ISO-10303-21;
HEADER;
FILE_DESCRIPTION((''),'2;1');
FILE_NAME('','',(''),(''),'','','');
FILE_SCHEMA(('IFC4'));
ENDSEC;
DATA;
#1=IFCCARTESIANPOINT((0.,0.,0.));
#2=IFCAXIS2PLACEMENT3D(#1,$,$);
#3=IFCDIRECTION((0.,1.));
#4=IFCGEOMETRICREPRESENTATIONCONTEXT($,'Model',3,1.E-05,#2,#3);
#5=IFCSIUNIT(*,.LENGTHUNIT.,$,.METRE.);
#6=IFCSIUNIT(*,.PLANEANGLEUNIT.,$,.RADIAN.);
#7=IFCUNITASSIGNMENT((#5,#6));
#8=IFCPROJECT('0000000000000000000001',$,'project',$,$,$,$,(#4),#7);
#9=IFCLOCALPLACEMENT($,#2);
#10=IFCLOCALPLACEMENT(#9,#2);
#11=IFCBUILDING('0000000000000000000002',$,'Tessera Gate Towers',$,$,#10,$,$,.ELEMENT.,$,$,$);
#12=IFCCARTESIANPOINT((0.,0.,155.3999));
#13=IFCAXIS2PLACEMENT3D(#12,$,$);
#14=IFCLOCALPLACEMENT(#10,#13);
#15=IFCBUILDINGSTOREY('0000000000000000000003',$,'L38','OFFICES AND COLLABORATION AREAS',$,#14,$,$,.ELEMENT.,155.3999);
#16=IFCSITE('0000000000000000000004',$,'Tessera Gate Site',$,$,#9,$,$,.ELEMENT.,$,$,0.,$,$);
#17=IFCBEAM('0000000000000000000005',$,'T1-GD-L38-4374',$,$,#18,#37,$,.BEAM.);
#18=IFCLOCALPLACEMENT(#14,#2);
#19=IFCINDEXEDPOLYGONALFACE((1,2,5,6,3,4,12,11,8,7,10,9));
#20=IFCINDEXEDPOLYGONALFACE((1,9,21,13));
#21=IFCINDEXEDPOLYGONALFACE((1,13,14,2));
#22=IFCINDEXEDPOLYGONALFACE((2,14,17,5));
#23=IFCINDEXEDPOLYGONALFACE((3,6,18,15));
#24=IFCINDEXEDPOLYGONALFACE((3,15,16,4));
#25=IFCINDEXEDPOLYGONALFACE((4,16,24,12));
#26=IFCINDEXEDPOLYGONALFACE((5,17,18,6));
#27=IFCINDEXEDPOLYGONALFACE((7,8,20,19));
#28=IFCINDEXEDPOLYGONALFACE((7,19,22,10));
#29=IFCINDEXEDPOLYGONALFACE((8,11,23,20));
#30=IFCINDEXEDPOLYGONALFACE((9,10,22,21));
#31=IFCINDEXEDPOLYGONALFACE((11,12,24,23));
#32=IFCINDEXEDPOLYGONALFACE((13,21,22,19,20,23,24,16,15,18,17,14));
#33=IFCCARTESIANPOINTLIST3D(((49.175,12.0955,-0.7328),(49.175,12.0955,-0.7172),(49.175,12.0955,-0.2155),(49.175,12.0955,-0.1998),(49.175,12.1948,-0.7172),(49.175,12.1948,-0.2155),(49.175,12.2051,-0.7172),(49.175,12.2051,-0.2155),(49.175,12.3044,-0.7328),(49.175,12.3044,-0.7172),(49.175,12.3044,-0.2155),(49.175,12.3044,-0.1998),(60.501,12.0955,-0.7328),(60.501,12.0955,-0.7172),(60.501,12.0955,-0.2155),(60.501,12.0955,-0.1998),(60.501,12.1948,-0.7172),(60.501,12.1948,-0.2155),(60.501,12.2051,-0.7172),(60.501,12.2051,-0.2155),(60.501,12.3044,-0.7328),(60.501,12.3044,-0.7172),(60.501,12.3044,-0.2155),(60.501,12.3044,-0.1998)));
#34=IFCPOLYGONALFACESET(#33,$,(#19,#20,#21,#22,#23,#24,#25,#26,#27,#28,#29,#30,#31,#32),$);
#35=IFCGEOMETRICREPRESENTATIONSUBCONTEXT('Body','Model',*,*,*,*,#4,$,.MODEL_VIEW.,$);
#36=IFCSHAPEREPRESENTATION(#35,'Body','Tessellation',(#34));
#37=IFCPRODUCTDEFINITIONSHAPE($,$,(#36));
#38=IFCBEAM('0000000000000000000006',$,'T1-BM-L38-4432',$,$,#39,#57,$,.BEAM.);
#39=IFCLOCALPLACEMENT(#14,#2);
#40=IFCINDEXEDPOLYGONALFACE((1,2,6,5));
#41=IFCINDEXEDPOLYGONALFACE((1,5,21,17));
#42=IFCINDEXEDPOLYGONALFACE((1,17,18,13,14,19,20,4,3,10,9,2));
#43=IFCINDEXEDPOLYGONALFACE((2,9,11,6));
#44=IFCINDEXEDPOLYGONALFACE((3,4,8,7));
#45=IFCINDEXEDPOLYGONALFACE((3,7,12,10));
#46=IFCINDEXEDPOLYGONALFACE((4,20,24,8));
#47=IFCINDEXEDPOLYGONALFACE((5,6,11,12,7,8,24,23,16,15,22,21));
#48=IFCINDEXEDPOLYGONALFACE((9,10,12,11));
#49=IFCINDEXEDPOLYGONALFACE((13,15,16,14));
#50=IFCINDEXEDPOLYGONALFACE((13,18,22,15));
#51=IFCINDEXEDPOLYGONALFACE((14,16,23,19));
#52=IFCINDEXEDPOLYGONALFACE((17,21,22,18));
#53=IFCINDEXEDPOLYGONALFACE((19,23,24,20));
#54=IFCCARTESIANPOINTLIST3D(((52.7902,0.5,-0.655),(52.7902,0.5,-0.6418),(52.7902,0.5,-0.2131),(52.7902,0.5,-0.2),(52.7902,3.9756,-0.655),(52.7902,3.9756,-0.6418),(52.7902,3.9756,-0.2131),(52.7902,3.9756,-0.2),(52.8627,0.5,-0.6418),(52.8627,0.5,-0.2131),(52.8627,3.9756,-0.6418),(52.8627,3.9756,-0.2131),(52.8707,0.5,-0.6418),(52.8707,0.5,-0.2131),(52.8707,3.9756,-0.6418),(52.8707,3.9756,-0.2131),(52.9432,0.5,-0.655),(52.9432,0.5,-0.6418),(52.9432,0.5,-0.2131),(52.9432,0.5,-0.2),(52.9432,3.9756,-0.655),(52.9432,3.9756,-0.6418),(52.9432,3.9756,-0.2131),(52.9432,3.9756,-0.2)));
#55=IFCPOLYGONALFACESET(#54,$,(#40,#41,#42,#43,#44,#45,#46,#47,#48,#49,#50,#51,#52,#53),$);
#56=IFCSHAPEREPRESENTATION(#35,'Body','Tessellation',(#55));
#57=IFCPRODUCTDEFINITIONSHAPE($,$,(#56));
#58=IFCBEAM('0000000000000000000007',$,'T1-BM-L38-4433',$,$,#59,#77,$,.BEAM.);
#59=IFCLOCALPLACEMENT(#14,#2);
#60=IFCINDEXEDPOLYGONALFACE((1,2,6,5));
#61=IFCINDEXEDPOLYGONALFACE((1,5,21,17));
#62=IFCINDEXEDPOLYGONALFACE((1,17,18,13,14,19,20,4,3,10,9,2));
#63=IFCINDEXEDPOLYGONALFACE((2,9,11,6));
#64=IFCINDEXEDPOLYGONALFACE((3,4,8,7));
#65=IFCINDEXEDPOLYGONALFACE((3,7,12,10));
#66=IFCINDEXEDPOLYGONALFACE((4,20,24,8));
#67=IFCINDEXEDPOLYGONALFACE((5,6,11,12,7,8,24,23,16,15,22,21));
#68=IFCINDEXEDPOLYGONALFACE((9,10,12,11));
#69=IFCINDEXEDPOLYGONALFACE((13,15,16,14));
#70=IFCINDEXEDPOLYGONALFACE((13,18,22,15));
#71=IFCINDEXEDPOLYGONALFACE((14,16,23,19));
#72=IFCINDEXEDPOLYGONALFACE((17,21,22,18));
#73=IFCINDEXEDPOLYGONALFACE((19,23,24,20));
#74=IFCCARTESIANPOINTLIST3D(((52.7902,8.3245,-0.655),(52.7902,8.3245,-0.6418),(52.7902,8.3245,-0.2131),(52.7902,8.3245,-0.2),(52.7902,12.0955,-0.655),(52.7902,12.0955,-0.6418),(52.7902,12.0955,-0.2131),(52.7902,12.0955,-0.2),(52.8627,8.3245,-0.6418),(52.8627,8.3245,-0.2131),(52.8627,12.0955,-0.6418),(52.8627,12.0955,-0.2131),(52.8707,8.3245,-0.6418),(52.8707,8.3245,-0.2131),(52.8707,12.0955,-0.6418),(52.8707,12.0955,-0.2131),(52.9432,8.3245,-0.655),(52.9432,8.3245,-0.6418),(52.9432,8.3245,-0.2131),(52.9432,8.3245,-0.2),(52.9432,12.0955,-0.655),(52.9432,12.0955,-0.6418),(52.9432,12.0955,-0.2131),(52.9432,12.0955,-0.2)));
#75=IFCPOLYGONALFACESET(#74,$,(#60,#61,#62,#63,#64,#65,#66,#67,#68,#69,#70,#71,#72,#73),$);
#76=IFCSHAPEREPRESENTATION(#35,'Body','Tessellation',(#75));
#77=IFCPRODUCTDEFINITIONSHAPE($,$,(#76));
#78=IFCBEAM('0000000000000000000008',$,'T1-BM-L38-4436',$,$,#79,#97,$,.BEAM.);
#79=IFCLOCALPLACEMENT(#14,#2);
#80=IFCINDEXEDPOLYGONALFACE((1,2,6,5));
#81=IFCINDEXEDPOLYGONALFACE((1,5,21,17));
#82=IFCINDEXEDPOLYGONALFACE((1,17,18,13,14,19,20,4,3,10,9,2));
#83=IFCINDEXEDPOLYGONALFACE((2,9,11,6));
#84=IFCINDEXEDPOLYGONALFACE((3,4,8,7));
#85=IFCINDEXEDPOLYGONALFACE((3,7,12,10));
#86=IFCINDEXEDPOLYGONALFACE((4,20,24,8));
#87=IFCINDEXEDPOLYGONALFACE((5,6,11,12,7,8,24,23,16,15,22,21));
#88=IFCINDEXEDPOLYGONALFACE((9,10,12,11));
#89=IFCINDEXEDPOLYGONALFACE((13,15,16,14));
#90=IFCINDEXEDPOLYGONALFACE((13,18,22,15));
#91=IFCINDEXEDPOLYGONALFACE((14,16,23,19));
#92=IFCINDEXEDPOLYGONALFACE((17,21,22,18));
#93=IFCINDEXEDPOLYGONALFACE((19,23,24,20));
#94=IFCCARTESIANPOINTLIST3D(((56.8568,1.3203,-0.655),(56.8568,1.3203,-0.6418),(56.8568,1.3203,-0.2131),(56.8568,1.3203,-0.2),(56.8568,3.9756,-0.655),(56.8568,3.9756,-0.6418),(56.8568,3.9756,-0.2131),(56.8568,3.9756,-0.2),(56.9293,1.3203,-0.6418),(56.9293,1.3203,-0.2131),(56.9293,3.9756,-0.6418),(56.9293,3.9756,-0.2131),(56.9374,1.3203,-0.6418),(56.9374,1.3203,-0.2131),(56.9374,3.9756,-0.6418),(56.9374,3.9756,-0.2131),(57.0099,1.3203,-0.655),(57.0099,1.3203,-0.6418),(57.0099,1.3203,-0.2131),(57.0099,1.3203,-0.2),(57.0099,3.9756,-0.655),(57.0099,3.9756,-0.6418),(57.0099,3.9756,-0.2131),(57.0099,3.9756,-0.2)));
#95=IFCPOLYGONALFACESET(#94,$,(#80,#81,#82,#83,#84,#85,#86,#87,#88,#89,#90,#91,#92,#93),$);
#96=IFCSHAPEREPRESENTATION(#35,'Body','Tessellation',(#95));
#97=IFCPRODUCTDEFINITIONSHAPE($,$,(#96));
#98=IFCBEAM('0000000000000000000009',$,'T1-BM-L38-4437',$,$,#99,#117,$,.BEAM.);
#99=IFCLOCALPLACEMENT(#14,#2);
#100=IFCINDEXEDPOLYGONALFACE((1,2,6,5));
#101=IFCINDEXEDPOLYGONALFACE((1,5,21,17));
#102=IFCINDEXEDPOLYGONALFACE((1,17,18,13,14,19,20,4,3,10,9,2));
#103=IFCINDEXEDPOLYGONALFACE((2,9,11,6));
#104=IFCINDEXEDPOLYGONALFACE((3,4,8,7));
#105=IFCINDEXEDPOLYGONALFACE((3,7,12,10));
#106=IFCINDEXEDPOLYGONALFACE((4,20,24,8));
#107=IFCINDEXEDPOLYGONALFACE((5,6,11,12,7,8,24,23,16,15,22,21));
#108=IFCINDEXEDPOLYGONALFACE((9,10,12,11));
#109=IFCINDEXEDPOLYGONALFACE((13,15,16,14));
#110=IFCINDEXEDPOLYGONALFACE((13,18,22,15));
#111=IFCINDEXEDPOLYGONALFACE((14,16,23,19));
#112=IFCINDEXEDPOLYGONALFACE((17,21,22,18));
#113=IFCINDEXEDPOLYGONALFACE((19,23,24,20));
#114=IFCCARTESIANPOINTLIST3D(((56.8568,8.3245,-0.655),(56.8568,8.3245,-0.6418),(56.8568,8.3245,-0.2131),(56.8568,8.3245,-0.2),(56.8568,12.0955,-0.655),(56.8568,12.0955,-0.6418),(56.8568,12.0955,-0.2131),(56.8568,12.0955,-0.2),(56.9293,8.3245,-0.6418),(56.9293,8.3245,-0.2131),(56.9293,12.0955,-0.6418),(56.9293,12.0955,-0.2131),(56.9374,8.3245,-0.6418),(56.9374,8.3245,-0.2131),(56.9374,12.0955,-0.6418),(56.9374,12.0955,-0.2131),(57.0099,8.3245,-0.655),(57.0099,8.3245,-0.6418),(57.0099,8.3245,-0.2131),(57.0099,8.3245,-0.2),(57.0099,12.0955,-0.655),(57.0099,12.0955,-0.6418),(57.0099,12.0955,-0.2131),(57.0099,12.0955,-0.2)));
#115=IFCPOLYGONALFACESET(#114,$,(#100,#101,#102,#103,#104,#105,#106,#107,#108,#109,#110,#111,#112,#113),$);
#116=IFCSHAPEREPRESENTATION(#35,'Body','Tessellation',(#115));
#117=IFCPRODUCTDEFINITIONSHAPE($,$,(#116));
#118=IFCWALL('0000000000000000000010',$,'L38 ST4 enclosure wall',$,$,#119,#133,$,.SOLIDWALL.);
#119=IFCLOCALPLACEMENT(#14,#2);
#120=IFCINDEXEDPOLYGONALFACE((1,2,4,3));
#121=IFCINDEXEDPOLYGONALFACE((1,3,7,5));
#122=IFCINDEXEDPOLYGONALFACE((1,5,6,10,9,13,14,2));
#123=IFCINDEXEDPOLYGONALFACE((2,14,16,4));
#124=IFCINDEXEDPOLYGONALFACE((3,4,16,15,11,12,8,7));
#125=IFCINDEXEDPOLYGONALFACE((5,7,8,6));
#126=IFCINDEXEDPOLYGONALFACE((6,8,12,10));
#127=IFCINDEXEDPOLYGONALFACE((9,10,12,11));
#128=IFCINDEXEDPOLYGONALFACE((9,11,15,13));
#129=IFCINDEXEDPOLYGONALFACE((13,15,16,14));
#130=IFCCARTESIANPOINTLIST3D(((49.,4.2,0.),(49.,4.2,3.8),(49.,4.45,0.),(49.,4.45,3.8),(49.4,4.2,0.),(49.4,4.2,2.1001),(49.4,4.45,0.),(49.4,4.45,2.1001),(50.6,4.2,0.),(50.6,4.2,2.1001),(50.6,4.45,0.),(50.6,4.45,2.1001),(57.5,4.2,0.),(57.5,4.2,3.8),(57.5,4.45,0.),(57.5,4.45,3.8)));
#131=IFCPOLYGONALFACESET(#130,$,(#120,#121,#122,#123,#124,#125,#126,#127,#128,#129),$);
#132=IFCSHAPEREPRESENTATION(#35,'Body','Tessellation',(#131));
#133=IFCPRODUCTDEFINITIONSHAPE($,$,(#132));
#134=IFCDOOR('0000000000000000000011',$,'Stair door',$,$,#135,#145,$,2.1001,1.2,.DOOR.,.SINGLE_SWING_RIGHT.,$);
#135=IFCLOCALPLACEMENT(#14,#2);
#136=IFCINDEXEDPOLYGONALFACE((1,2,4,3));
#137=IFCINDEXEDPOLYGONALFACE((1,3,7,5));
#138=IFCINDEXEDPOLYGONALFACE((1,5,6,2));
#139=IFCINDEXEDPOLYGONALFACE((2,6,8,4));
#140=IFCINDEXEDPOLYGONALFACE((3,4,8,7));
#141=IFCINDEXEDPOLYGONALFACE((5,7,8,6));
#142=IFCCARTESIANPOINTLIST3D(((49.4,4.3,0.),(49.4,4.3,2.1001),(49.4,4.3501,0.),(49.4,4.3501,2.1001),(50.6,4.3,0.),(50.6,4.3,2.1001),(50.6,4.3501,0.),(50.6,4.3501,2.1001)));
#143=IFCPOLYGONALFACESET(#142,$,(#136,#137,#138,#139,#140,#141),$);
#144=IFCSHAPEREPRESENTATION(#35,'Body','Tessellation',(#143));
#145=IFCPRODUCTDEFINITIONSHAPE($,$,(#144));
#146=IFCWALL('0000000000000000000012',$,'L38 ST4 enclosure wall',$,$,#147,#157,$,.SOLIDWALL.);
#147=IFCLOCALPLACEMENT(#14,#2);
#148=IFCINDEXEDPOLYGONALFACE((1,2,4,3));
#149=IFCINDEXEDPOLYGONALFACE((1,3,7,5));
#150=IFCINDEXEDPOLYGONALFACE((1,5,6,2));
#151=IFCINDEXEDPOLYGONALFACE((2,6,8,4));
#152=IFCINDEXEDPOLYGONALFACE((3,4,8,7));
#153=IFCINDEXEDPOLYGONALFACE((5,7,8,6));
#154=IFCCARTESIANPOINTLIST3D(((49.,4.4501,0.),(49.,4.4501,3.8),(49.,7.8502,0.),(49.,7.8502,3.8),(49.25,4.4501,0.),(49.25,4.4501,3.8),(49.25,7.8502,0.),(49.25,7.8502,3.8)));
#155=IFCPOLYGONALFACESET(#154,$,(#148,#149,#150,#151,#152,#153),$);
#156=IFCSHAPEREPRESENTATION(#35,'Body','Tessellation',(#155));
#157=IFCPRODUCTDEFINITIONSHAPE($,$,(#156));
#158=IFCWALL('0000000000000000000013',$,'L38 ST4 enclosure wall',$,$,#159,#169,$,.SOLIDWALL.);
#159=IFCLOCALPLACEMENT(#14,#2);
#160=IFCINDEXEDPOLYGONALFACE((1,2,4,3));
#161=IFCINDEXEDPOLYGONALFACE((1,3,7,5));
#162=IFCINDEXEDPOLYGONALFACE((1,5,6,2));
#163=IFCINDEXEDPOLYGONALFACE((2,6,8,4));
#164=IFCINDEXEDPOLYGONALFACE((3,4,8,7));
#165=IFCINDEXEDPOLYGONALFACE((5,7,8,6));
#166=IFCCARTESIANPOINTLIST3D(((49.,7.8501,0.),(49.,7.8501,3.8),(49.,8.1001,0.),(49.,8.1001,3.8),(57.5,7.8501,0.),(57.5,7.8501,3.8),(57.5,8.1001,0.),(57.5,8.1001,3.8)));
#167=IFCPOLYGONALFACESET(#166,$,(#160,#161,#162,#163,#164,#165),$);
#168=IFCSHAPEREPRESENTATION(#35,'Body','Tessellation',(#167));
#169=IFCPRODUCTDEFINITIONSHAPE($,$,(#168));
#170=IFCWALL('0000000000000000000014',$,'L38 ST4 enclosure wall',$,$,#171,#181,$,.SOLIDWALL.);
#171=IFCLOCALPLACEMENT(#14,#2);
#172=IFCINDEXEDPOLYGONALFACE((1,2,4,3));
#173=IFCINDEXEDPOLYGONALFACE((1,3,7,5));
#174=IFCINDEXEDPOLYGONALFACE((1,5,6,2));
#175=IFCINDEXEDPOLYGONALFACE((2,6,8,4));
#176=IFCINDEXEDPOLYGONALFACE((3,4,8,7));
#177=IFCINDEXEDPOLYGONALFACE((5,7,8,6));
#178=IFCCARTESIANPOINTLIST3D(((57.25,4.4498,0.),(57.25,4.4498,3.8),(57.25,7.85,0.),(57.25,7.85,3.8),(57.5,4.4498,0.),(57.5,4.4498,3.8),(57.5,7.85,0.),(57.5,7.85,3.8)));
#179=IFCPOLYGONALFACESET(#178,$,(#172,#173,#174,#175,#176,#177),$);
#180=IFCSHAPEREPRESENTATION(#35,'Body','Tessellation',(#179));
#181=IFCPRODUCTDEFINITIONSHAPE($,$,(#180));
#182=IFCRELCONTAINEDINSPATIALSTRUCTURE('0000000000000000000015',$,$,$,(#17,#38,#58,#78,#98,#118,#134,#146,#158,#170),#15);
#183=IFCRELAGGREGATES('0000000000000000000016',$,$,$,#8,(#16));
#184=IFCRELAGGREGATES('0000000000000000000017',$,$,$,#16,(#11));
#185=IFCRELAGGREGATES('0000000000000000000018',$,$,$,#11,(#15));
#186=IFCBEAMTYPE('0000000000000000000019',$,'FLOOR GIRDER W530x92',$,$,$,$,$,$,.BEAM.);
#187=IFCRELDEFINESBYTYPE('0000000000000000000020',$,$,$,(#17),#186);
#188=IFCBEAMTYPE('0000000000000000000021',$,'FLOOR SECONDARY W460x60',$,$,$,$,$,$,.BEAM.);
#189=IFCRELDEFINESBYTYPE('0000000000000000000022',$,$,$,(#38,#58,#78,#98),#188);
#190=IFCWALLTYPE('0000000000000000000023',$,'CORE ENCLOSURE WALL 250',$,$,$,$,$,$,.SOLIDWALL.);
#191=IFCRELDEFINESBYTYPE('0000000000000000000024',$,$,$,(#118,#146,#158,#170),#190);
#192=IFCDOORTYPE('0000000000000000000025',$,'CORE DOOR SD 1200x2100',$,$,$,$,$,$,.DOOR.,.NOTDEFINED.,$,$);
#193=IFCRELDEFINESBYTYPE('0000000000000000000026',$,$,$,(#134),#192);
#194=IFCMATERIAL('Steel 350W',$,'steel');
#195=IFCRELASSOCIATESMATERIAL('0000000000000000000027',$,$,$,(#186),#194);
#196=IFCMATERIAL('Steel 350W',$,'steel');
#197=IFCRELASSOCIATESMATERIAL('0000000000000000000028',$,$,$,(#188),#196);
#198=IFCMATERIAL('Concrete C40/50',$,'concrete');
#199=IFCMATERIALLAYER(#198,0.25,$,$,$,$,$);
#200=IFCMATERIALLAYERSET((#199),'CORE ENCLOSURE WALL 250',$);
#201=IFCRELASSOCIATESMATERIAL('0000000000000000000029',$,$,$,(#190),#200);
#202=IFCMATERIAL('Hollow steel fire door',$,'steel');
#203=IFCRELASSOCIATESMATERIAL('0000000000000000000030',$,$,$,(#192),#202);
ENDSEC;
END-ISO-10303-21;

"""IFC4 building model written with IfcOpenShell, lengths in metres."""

from ifc_helpers import new_model, si_unit, direction, frame, frame_2d, origin, origin_2d, place, context, subcontext, project, spatial, rectangle, i_section, extrude, source, transform, mapped, material, layer, layer_set, material_profile, profile_set, type_object, element, fill, save


model = new_model("IFC4")

# Units and contexts
model_context = context("Model", 3, precision=1e-05, world=origin(), true_north=direction((0.0, 1.0)))
body_context = subcontext(model_context, "Body", "Model", "MODEL_VIEW")
ifc_project = project(units=[si_unit("LENGTHUNIT", "METRE"), si_unit("PLANEANGLEUNIT", "RADIAN")], contexts=[model_context])

# Site, building, storey
site_placement = place(None, origin())
site = spatial("IfcSite", under=ifc_project, at=site_placement, Name="Tessera Gate Site", CompositionType="ELEMENT", RefElevation=0.0)
building_placement = place(site_placement, origin())
building = spatial("IfcBuilding", under=site, at=building_placement, Name="Tessera Gate Towers", CompositionType="ELEMENT")
storey_placement = place(building_placement, frame((0.0, 0.0, 155.3999)))
storey = spatial("IfcBuildingStorey", under=building, at=storey_placement, Name="L38", Description="OFFICES AND COLLABORATION AREAS", CompositionType="ELEMENT", Elevation=155.3999)

# Beams
ifc_material_1 = material(Name="Steel 350W", Category="steel")
ifc_material_profile_1 = material_profile(ifc_material_1, i_section(OverallWidth=0.209, OverallDepth=0.533, WebThickness=0.0103, FlangeThickness=0.0156, at=origin_2d()), Name="W530x92")
ifc_profile_set_1 = profile_set([ifc_material_profile_1], Name="Steel 350W")
beam_type_1 = type_object("IfcBeamType", Name="FLOOR GIRDER W530x92", PredefinedType="BEAM", material=ifc_profile_set_1)
beam_1_placement = place(storey_placement, frame((49.175, 12.2, -0.4663), z_axis=(1.0, 0.0, 0.0), x_axis=(0.0, 1.0, 0.0)))
element("IfcBeam", 1, at=beam_1_placement, inside=storey, type_object=beam_type_1, Name="T1-GD-L38-4374", PredefinedType="BEAM", context=body_context, shape_type="SweptSolid", body=[
    extrude(i_section(OverallWidth=0.209, OverallDepth=0.533, WebThickness=0.0103, FlangeThickness=0.0156, at=origin_2d()), origin(), (0.0, 0.0, 1.0), 11.3259),
])
ifc_material_2 = material(Name="Steel 350W", Category="steel")
ifc_material_profile_2 = material_profile(ifc_material_2, i_section(OverallWidth=0.1531, OverallDepth=0.4551, WebThickness=0.0081, FlangeThickness=0.0132, at=origin_2d()), Name="W460x60")
ifc_profile_set_2 = profile_set([ifc_material_profile_2], Name="Steel 350W")
beam_type_2 = type_object("IfcBeamType", Name="FLOOR SECONDARY W460x60", PredefinedType="BEAM", material=ifc_profile_set_2)
beam_2_placement = place(storey_placement, frame((52.8667, 0.5, -0.4275), z_axis=(0.0, 1.0, 0.0), x_axis=(-1.0, 0.0, 0.0)))
element("IfcBeam", 2, at=beam_2_placement, inside=storey, type_object=beam_type_2, Name="T1-BM-L38-4432", PredefinedType="BEAM", context=body_context, shape_type="SweptSolid", body=[
    extrude(i_section(OverallWidth=0.1531, OverallDepth=0.4551, WebThickness=0.0081, FlangeThickness=0.0132, at=origin_2d()), origin(), (0.0, 0.0, 1.0), 3.4756),
])
beam_3_placement = place(storey_placement, frame((52.8667, 8.3245, -0.4275), z_axis=(0.0, 1.0, 0.0), x_axis=(-1.0, 0.0, 0.0)))
element("IfcBeam", 3, at=beam_3_placement, inside=storey, type_object=beam_type_2, Name="T1-BM-L38-4433", PredefinedType="BEAM", context=body_context, shape_type="SweptSolid", body=[
    extrude(i_section(OverallWidth=0.1531, OverallDepth=0.4551, WebThickness=0.0081, FlangeThickness=0.0132, at=origin_2d()), origin(), (0.0, 0.0, 1.0), 3.771),
])
beam_4_placement = place(storey_placement, frame((56.9333, 1.3203, -0.4275), z_axis=(0.0, 1.0, 0.0), x_axis=(-1.0, 0.0, 0.0)))
element("IfcBeam", 4, at=beam_4_placement, inside=storey, type_object=beam_type_2, Name="T1-BM-L38-4436", PredefinedType="BEAM", context=body_context, shape_type="SweptSolid", body=[
    extrude(i_section(OverallWidth=0.1531, OverallDepth=0.4551, WebThickness=0.0081, FlangeThickness=0.0132, at=origin_2d()), origin(), (0.0, 0.0, 1.0), 2.6553),
])
beam_5_placement = place(storey_placement, frame((56.9333, 8.3245, -0.4275), z_axis=(0.0, 1.0, 0.0), x_axis=(-1.0, 0.0, 0.0)))
element("IfcBeam", 5, at=beam_5_placement, inside=storey, type_object=beam_type_2, Name="T1-BM-L38-4437", PredefinedType="BEAM", context=body_context, shape_type="SweptSolid", body=[
    extrude(i_section(OverallWidth=0.1531, OverallDepth=0.4551, WebThickness=0.0081, FlangeThickness=0.0132, at=origin_2d()), origin(), (0.0, 0.0, 1.0), 3.771),
])

# Wall, opening, door
ifc_material_3 = material(Name="Concrete C40/50", Category="concrete")
ifc_layer_1 = layer(ifc_material_3, 0.25)
ifc_layer_set_1 = layer_set([ifc_layer_1], Name="CORE ENCLOSURE WALL 250")
wall_type_1 = type_object("IfcWallType", Name="CORE ENCLOSURE WALL 250", PredefinedType="SOLIDWALL", material=ifc_layer_set_1)
wall_1_placement = place(storey_placement, frame((57.5, 4.325, 0.0), z_axis=(0.0, 0.0, 1.0), x_axis=(-1.0, 0.0, 0.0)))
wall_1 = element("IfcWall", 6, at=wall_1_placement, inside=storey, type_object=wall_type_1, Name="L38 ST4 enclosure wall", PredefinedType="SOLIDWALL", context=body_context, shape_type="SweptSolid", body=[
    extrude(rectangle(XDim=8.5, YDim=0.25, at=frame_2d((4.25, 0.0))), origin(), (0.0, 0.0, 1.0), 3.8),
])
shared_shape_1 = source(origin(), body_context, "Body", "SweptSolid", [
    extrude(rectangle(XDim=1.2, YDim=2.1001, at=frame_2d((0.6001, 1.05))), frame((0.0, 0.135, 0.0), z_axis=(0.0, -1.0, 0.0), x_axis=(1.0, 0.0, 0.0)), (0.0, 0.0, 1.0), 0.27),
])
opening_placement = place(wall_1_placement, frame((6.8999, 0.0, 0.0)))
opening = element("IfcOpeningElement", 7, at=opening_placement, cuts=wall_1, PredefinedType="OPENING", context=body_context, shape_type="MappedRepresentation", body=[
    mapped(shared_shape_1, transform((0.0, 0.0, 0.0), scale=1.0)),
])
ifc_material_4 = material(Name="Hollow steel fire door", Category="steel")
door_type = type_object("IfcDoorType", Name="CORE DOOR SD 1200x2100", OperationType="NOTDEFINED", PredefinedType="DOOR", material=ifc_material_4)
shared_shape_2 = source(origin(), body_context, "Body", "SweptSolid", [
    extrude(rectangle(XDim=1.2, YDim=2.1001, at=frame_2d((0.6001, 1.05))), frame((0.0, 0.0249, 0.0), z_axis=(0.0, -1.0, 0.0), x_axis=(1.0, 0.0, 0.0)), (0.0, 0.0, 1.0), 0.05),
])
door_placement = place(opening_placement, origin())
door = element("IfcDoor", 8, at=door_placement, inside=storey, type_object=door_type, Name="Stair door", OperationType="SINGLE_SWING_RIGHT", OverallHeight=2.1001, OverallWidth=1.2, PredefinedType="DOOR", context=body_context, shape_type="MappedRepresentation", body=[
    mapped(shared_shape_2, transform((0.0, 0.0, 0.0), scale=1.0)),
])
fill(opening, door)

# Walls
wall_2_placement = place(storey_placement, frame((49.125, 4.45, 0.0), z_axis=(0.0, 0.0, 1.0), x_axis=(0.0, 1.0, 0.0)))
element("IfcWall", 9, at=wall_2_placement, inside=storey, type_object=wall_type_1, Name="L38 ST4 enclosure wall", PredefinedType="SOLIDWALL", context=body_context, shape_type="SweptSolid", body=[
    extrude(rectangle(XDim=3.4001, YDim=0.25, at=frame_2d((1.7002, 0.0))), origin(), (0.0, 0.0, 1.0), 3.8),
])
wall_3_placement = place(storey_placement, frame((49.0, 7.9751, 0.0), z_axis=(0.0, 0.0, 1.0), x_axis=(1.0, 0.0, 0.0)))
element("IfcWall", 10, at=wall_3_placement, inside=storey, type_object=wall_type_1, Name="L38 ST4 enclosure wall", PredefinedType="SOLIDWALL", context=body_context, shape_type="SweptSolid", body=[
    extrude(rectangle(XDim=8.5, YDim=0.25, at=frame_2d((4.25, 0.0))), origin(), (0.0, 0.0, 1.0), 3.8),
])
wall_4_placement = place(storey_placement, frame((57.375, 7.8501, 0.0), z_axis=(0.0, 0.0, 1.0), x_axis=(0.0, -1.0, 0.0)))
element("IfcWall", 11, at=wall_4_placement, inside=storey, type_object=wall_type_1, Name="L38 ST4 enclosure wall", PredefinedType="SOLIDWALL", context=body_context, shape_type="SweptSolid", body=[
    extrude(rectangle(XDim=3.4001, YDim=0.25, at=frame_2d((1.7002, 0.0))), origin(), (0.0, 0.0, 1.0), 3.8),
])

save(model, "model.ifc")
